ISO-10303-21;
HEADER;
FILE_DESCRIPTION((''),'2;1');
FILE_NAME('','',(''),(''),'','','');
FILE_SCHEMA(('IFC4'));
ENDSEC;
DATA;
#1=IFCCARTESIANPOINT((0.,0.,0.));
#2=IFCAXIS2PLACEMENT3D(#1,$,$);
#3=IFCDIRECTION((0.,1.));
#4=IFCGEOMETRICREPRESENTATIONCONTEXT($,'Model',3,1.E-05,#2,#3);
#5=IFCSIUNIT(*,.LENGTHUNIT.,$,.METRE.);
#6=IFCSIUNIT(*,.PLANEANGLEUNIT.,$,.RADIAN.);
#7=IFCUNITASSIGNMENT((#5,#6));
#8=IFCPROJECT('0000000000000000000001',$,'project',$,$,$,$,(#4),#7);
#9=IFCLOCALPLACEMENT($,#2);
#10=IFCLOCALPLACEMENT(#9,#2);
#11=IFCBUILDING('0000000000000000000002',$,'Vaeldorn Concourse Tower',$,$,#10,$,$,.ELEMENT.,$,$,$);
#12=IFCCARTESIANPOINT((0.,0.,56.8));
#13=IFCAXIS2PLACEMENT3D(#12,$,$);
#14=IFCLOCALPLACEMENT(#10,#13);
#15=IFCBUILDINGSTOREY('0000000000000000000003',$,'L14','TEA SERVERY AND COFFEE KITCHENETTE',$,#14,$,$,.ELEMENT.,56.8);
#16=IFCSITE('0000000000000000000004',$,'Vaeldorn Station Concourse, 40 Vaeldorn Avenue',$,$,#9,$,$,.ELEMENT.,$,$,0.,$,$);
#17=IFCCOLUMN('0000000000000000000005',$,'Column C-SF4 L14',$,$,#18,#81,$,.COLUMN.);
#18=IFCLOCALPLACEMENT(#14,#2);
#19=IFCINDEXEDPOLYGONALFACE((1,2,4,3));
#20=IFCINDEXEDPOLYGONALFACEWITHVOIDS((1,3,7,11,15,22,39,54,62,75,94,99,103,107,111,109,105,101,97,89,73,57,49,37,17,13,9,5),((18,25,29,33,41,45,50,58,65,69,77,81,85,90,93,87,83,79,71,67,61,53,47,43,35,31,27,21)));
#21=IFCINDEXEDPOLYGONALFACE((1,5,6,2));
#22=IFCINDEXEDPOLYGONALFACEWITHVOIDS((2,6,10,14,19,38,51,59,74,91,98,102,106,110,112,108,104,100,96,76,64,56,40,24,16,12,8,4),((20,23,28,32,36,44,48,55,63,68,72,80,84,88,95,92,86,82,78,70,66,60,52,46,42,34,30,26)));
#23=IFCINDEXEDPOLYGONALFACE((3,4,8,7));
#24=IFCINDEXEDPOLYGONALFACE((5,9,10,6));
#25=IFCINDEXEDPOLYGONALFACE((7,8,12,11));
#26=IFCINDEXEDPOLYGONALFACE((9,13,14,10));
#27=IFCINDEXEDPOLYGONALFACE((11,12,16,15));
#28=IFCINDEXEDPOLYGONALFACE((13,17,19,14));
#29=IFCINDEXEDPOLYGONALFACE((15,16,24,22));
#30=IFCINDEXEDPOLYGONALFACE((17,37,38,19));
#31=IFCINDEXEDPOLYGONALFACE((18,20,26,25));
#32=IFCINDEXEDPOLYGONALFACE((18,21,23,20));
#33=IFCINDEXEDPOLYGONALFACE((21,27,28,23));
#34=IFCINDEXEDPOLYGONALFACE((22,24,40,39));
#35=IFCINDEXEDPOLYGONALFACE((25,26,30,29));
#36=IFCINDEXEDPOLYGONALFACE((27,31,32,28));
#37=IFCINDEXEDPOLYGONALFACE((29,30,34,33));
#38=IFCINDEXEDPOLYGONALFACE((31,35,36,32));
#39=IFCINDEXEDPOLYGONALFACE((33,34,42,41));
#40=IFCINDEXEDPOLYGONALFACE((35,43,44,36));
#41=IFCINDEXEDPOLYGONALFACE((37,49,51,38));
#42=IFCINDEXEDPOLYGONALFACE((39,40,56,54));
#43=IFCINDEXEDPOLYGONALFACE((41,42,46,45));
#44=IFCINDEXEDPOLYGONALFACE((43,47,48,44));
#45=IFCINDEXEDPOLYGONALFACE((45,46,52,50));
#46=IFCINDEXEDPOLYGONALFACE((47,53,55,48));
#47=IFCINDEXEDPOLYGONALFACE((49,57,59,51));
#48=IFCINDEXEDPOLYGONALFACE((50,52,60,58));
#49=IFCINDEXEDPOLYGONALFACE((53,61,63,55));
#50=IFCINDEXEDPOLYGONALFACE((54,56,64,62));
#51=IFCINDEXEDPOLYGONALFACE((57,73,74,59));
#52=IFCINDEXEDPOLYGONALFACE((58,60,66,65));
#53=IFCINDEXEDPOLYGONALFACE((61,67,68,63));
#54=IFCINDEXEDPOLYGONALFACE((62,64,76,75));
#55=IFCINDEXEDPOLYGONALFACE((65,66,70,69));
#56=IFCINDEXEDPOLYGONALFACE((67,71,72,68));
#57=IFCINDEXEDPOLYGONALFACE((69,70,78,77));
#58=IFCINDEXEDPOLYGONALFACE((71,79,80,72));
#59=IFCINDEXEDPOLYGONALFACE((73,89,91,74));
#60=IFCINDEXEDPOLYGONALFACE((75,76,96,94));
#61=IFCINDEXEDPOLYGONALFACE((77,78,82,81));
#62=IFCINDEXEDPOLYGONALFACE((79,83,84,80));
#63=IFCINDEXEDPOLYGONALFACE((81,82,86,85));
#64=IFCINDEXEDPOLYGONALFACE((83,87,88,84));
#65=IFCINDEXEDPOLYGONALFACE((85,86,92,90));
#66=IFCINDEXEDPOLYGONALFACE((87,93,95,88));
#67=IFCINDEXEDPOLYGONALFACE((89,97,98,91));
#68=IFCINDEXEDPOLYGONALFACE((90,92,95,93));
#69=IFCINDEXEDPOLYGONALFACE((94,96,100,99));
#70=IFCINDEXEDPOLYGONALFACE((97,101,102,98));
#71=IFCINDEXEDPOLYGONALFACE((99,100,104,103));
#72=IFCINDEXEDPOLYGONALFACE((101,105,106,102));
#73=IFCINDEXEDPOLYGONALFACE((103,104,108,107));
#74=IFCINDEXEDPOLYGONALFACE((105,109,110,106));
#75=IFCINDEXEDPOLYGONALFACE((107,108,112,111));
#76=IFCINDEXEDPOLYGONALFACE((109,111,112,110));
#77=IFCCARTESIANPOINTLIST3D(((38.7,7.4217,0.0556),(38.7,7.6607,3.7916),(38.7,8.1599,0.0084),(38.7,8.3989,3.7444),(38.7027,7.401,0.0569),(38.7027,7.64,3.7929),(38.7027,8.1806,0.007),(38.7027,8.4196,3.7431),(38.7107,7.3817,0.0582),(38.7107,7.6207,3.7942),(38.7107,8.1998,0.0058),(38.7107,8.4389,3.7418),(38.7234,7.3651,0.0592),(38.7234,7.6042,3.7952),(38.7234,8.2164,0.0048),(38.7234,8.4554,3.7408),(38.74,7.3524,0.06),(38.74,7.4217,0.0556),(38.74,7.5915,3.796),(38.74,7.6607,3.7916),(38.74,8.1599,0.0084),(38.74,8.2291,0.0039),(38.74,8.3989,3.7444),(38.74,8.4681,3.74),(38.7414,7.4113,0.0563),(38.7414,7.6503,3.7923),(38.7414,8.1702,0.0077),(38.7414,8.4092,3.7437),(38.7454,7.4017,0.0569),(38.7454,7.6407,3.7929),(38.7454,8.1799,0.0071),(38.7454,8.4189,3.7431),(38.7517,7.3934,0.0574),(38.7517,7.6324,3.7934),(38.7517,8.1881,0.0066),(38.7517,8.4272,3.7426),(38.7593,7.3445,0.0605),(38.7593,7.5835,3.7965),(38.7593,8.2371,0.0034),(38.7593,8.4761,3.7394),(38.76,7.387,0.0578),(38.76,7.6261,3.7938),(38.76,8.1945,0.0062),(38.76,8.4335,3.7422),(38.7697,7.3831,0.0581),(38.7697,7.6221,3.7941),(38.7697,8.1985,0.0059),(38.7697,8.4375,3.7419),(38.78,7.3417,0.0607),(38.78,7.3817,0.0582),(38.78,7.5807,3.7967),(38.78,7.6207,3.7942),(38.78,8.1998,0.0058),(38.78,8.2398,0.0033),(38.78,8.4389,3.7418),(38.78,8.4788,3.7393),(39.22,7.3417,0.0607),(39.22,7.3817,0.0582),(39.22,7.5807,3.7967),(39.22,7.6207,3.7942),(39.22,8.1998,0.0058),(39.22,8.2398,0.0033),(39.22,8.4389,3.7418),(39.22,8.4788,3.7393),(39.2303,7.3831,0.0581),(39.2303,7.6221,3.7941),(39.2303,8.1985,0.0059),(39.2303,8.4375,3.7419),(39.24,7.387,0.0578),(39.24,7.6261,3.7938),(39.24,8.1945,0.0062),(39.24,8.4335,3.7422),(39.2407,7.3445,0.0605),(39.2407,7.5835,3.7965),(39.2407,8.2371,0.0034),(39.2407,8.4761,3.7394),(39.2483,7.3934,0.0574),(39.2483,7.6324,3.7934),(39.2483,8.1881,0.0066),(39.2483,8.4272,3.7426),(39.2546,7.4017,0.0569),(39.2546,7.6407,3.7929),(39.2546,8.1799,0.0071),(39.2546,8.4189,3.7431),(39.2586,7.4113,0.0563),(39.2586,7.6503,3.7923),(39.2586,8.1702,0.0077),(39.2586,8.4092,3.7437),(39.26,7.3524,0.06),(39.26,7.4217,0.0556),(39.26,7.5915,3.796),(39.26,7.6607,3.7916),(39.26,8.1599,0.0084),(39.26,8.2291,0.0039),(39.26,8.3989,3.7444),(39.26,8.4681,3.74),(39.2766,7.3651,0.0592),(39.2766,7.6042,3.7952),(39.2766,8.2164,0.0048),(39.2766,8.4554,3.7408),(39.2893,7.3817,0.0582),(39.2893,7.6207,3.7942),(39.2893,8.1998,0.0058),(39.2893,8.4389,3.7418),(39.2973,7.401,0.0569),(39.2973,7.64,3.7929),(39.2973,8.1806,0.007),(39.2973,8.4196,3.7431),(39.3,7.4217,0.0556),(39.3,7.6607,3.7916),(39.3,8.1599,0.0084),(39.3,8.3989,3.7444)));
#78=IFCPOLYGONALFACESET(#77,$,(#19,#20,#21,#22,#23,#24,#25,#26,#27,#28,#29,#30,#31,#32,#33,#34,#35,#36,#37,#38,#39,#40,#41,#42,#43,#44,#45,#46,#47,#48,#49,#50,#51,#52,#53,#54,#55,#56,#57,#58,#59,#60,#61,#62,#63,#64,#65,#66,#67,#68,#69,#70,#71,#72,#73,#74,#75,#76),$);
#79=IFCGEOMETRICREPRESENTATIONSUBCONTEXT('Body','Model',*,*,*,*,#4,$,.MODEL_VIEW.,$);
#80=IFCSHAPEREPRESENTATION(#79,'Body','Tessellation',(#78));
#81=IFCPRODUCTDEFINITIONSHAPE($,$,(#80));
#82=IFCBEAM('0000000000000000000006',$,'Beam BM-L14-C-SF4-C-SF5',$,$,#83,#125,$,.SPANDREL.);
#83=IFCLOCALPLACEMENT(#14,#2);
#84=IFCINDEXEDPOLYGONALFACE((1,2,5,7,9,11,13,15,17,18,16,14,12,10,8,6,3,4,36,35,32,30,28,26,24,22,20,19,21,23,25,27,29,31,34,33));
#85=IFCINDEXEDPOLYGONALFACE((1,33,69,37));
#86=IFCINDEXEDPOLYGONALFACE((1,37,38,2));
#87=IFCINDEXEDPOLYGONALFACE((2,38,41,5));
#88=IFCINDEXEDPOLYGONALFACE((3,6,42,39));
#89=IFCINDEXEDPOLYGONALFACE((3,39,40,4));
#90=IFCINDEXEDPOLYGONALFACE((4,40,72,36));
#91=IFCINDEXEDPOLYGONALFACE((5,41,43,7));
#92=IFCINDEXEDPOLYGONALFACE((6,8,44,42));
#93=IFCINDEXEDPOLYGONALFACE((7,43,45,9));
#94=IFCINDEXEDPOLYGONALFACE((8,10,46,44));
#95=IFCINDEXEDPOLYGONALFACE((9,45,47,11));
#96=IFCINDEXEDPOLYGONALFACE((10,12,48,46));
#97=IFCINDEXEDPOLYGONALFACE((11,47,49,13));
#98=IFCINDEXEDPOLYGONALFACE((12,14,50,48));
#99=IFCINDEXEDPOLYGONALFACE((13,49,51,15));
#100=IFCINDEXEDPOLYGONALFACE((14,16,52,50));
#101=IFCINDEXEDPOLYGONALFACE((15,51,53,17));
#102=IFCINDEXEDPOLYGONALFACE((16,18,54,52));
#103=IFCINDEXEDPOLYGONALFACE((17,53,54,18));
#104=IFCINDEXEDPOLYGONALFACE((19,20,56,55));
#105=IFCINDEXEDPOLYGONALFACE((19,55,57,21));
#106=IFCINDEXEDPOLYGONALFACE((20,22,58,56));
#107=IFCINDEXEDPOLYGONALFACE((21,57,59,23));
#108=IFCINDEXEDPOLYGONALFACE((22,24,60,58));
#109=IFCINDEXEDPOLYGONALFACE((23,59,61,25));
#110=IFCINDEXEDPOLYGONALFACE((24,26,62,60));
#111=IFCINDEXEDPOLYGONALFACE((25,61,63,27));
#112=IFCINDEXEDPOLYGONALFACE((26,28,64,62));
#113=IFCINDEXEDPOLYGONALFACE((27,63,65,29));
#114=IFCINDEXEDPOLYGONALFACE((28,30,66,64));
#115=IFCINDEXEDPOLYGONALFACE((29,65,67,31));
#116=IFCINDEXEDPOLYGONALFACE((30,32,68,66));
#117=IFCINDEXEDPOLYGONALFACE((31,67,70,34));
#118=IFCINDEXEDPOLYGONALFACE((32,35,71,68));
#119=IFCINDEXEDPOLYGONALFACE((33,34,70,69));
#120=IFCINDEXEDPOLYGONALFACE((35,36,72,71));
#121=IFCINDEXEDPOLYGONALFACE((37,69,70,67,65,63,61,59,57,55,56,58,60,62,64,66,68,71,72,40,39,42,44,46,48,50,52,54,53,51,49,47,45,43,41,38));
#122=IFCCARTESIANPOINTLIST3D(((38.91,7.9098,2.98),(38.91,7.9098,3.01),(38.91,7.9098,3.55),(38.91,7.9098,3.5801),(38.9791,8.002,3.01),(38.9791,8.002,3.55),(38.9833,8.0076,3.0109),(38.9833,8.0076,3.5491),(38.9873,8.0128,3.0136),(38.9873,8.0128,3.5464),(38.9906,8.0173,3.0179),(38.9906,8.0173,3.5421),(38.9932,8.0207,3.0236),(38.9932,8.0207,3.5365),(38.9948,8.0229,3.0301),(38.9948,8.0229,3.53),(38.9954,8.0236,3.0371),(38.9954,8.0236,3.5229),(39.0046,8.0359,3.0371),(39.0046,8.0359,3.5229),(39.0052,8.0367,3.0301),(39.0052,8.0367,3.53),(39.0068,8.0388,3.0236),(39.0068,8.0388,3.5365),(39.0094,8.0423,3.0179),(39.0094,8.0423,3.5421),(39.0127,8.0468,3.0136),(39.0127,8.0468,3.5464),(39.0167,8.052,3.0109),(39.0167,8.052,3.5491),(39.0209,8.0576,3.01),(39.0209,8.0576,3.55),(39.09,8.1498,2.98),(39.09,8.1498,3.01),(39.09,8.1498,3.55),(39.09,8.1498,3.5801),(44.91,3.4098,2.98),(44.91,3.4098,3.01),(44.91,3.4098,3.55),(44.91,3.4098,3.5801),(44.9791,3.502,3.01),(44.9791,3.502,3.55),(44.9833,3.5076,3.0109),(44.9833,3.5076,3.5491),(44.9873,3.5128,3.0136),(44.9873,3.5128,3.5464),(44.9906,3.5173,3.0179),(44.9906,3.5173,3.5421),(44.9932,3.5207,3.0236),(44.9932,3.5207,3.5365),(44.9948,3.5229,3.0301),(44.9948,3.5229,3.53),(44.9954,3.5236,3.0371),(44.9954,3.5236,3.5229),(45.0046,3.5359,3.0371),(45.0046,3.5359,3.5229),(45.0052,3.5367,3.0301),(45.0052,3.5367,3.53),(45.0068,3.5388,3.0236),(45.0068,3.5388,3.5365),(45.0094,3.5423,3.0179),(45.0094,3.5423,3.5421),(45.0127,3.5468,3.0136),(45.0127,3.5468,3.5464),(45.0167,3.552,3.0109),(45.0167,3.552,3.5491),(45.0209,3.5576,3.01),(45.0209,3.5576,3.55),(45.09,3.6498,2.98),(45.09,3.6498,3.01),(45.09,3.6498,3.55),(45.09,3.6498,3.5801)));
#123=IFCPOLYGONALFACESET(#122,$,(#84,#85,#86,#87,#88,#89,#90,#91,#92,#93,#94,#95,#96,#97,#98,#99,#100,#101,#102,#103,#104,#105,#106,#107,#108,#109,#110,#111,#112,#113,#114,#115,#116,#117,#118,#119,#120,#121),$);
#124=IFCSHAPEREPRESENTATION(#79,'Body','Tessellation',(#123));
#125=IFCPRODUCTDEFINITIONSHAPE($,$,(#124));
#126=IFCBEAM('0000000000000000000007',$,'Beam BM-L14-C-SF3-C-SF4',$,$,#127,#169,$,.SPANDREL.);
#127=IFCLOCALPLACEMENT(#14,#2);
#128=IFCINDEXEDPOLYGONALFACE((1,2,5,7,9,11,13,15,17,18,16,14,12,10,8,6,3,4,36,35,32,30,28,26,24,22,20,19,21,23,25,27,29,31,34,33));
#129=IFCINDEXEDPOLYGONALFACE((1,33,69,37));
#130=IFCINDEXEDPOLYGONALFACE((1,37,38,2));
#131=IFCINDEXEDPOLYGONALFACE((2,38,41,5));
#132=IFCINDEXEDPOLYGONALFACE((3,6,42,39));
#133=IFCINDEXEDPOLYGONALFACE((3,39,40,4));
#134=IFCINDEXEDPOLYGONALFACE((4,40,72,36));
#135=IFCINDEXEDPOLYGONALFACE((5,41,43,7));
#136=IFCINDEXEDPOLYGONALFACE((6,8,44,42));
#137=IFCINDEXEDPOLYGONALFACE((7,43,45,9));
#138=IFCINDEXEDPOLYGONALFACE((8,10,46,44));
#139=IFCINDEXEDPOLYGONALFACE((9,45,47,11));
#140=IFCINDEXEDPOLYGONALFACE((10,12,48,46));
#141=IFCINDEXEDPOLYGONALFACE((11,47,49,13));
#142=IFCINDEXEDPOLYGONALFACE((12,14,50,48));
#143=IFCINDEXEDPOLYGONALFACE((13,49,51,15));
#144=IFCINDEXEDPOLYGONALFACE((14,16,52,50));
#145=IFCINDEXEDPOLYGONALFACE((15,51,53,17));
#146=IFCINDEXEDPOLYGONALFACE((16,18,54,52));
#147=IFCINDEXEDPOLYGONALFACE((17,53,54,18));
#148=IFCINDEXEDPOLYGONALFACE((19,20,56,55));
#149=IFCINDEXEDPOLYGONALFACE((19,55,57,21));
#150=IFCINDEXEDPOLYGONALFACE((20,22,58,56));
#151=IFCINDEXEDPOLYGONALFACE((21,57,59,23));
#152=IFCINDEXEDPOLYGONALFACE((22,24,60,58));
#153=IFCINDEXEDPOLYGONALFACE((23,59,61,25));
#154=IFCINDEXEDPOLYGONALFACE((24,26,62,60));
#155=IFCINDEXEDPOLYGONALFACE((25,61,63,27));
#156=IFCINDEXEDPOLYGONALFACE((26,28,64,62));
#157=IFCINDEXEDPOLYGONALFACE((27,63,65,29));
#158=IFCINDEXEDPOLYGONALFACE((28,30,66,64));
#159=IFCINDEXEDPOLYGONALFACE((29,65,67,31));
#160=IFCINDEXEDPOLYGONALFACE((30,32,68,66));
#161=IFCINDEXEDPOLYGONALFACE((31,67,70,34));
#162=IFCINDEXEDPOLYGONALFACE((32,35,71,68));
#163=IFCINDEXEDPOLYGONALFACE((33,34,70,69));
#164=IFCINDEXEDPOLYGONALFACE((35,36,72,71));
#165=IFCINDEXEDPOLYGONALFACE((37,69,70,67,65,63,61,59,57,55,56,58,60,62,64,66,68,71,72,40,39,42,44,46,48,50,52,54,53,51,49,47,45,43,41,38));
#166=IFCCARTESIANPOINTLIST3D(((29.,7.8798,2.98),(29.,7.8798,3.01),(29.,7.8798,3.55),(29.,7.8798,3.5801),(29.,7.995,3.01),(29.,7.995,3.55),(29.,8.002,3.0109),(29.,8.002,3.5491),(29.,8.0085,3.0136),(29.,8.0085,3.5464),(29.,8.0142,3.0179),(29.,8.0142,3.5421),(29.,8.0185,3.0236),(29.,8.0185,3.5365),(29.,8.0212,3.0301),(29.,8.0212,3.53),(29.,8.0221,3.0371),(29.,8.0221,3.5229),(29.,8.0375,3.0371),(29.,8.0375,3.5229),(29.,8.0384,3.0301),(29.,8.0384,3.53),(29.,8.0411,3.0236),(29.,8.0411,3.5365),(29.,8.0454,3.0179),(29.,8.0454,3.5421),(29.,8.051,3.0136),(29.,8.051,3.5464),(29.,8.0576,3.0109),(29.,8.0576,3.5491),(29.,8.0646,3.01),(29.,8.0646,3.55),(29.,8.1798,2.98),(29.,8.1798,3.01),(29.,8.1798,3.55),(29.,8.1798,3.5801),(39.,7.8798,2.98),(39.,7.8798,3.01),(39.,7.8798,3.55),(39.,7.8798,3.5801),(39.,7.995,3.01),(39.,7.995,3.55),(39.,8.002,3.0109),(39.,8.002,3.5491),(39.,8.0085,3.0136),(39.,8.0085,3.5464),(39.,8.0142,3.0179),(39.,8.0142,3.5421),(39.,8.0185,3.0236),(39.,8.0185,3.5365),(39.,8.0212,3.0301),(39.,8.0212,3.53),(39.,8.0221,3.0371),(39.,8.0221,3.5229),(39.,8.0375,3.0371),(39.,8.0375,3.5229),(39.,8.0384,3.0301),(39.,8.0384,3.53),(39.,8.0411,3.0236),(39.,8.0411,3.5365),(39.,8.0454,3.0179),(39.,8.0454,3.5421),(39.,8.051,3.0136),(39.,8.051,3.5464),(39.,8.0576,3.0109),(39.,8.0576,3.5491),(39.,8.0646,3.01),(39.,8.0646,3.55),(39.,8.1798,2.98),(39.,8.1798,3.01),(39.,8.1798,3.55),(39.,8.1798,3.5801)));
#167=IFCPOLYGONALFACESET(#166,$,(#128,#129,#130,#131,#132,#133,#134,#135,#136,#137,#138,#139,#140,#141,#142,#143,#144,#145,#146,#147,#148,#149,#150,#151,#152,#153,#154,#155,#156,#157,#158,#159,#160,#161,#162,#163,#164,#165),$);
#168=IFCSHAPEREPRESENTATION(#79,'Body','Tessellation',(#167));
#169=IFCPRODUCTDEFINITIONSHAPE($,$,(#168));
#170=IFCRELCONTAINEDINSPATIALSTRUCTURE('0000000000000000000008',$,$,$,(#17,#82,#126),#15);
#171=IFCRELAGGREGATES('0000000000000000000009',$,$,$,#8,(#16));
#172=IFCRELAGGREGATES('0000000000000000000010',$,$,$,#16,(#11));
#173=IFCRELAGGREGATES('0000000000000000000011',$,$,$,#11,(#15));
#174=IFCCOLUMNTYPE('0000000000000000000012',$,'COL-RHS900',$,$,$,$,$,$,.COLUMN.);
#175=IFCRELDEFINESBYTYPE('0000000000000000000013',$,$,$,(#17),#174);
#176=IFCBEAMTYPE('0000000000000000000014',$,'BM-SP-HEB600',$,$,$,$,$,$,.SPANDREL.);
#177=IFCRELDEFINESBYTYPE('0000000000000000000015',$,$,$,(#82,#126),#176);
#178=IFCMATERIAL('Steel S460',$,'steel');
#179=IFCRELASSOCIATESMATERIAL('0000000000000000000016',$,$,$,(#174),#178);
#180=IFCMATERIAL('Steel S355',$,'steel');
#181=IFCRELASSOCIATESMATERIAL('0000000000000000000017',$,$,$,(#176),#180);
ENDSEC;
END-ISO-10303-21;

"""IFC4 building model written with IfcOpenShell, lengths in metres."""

from ifc_helpers import new_model, si_unit, direction, frame, origin, origin_2d, place, context, subcontext, project, spatial, hollow_rectangle, i_section, extrude, source, transform, mapped, material, material_profile, profile_set, type_object, element, save


model = new_model("IFC4")

# Units and contexts
model_context = context("Model", 3, precision=1e-05, world=origin(), true_north=direction((0.0, 1.0)))
body_context = subcontext(model_context, "Body", "Model", "MODEL_VIEW")
ifc_project = project(units=[si_unit("LENGTHUNIT", "METRE"), si_unit("PLANEANGLEUNIT", "RADIAN")], contexts=[model_context])

# Site, building, storey
site_placement = place(None, origin())
site = spatial("IfcSite", under=ifc_project, at=site_placement, Name="Vaeldorn Station Concourse, 40 Vaeldorn Avenue", CompositionType="ELEMENT", RefElevation=0.0)
building_placement = place(site_placement, origin())
building = spatial("IfcBuilding", under=site, at=building_placement, Name="Vaeldorn Concourse Tower", CompositionType="ELEMENT")
storey_placement = place(building_placement, frame((0.0, 0.0, 56.8)))
storey = spatial("IfcBuildingStorey", under=building, at=storey_placement, Name="L14", Description="TEA SERVERY AND COFFEE KITCHENETTE", CompositionType="ELEMENT", Elevation=56.8)

# Column
ifc_material_1 = material(Name="Steel S460", Category="steel")
ifc_material_profile_1 = material_profile(ifc_material_1, hollow_rectangle(XDim=0.6001, YDim=0.8999, WallThickness=0.04, InnerFilletRadius=0.04, OuterFilletRadius=0.0801, at=origin_2d()), Name="RHS 900x600x40")
ifc_profile_set_1 = profile_set([ifc_material_profile_1], Name="Steel S460")
column_type = type_object("IfcColumnType", Name="COL-RHS900", PredefinedType="COLUMN", material=ifc_profile_set_1)
shared_shape_1 = source(origin(), body_context, "Body", "SweptSolid", [
    extrude(hollow_rectangle(XDim=0.6001, YDim=0.8999, WallThickness=0.04, InnerFilletRadius=0.04, OuterFilletRadius=0.0801, at=origin_2d()), origin(), (0.0, 0.0, 1.0), 3.7437),
])
column_placement = place(storey_placement, frame((39.0, 7.7908, 0.032), z_axis=(0.0, 0.063844, 0.99796), x_axis=(-1.0, 0.0, 0.0)))
element("IfcColumn", 1, at=column_placement, inside=storey, type_object=column_type, Name="Column C-SF4 L14", PredefinedType="COLUMN", context=body_context, shape_type="MappedRepresentation", body=[
    mapped(shared_shape_1, transform((0.0, 0.0, 0.0), scale=1.0)),
])

# Beams
ifc_material_2 = material(Name="Steel S355", Category="steel")
ifc_material_profile_2 = material_profile(ifc_material_2, i_section(OverallWidth=0.3, OverallDepth=0.6001, WebThickness=0.0154, FlangeThickness=0.03, FilletRadius=0.0271, at=origin_2d()), Name="HEB 600")
ifc_profile_set_2 = profile_set([ifc_material_profile_2], Name="Steel S355")
beam_type_1 = type_object("IfcBeamType", Name="BM-SP-HEB600", PredefinedType="SPANDREL", material=ifc_profile_set_2)
shared_shape_2 = source(origin(), body_context, "Body", "SweptSolid", [
    extrude(i_section(OverallWidth=0.3, OverallDepth=0.6001, WebThickness=0.0154, FlangeThickness=0.03, FilletRadius=0.0271, at=origin_2d()), origin(), (0.0, 0.0, 1.0), 7.5),
])
beam_1_placement = place(storey_placement, frame((39.0, 8.0298, 3.28), z_axis=(0.8, -0.6, 0.0), x_axis=(0.6, 0.8, 0.0)))
element("IfcBeam", 2, at=beam_1_placement, inside=storey, type_object=beam_type_1, Name="Beam BM-L14-C-SF4-C-SF5", PredefinedType="SPANDREL", context=body_context, shape_type="MappedRepresentation", body=[
    mapped(shared_shape_2, transform((0.0, 0.0, 0.0), scale=1.0)),
])
shared_shape_3 = source(origin(), body_context, "Body", "SweptSolid", [
    extrude(i_section(OverallWidth=0.3, OverallDepth=0.6001, WebThickness=0.0154, FlangeThickness=0.03, FilletRadius=0.0271, at=origin_2d()), origin(), (0.0, 0.0, 1.0), 10.0),
])
beam_2_placement = place(storey_placement, frame((29.0, 8.0298, 3.28), z_axis=(1.0, 0.0, 0.0), x_axis=(0.0, 1.0, 0.0)))
element("IfcBeam", 3, at=beam_2_placement, inside=storey, type_object=beam_type_1, Name="Beam BM-L14-C-SF3-C-SF4", PredefinedType="SPANDREL", context=body_context, shape_type="MappedRepresentation", body=[
    mapped(shared_shape_3, transform((0.0, 0.0, 0.0), scale=1.0)),
])

save(model, "model.ifc")
